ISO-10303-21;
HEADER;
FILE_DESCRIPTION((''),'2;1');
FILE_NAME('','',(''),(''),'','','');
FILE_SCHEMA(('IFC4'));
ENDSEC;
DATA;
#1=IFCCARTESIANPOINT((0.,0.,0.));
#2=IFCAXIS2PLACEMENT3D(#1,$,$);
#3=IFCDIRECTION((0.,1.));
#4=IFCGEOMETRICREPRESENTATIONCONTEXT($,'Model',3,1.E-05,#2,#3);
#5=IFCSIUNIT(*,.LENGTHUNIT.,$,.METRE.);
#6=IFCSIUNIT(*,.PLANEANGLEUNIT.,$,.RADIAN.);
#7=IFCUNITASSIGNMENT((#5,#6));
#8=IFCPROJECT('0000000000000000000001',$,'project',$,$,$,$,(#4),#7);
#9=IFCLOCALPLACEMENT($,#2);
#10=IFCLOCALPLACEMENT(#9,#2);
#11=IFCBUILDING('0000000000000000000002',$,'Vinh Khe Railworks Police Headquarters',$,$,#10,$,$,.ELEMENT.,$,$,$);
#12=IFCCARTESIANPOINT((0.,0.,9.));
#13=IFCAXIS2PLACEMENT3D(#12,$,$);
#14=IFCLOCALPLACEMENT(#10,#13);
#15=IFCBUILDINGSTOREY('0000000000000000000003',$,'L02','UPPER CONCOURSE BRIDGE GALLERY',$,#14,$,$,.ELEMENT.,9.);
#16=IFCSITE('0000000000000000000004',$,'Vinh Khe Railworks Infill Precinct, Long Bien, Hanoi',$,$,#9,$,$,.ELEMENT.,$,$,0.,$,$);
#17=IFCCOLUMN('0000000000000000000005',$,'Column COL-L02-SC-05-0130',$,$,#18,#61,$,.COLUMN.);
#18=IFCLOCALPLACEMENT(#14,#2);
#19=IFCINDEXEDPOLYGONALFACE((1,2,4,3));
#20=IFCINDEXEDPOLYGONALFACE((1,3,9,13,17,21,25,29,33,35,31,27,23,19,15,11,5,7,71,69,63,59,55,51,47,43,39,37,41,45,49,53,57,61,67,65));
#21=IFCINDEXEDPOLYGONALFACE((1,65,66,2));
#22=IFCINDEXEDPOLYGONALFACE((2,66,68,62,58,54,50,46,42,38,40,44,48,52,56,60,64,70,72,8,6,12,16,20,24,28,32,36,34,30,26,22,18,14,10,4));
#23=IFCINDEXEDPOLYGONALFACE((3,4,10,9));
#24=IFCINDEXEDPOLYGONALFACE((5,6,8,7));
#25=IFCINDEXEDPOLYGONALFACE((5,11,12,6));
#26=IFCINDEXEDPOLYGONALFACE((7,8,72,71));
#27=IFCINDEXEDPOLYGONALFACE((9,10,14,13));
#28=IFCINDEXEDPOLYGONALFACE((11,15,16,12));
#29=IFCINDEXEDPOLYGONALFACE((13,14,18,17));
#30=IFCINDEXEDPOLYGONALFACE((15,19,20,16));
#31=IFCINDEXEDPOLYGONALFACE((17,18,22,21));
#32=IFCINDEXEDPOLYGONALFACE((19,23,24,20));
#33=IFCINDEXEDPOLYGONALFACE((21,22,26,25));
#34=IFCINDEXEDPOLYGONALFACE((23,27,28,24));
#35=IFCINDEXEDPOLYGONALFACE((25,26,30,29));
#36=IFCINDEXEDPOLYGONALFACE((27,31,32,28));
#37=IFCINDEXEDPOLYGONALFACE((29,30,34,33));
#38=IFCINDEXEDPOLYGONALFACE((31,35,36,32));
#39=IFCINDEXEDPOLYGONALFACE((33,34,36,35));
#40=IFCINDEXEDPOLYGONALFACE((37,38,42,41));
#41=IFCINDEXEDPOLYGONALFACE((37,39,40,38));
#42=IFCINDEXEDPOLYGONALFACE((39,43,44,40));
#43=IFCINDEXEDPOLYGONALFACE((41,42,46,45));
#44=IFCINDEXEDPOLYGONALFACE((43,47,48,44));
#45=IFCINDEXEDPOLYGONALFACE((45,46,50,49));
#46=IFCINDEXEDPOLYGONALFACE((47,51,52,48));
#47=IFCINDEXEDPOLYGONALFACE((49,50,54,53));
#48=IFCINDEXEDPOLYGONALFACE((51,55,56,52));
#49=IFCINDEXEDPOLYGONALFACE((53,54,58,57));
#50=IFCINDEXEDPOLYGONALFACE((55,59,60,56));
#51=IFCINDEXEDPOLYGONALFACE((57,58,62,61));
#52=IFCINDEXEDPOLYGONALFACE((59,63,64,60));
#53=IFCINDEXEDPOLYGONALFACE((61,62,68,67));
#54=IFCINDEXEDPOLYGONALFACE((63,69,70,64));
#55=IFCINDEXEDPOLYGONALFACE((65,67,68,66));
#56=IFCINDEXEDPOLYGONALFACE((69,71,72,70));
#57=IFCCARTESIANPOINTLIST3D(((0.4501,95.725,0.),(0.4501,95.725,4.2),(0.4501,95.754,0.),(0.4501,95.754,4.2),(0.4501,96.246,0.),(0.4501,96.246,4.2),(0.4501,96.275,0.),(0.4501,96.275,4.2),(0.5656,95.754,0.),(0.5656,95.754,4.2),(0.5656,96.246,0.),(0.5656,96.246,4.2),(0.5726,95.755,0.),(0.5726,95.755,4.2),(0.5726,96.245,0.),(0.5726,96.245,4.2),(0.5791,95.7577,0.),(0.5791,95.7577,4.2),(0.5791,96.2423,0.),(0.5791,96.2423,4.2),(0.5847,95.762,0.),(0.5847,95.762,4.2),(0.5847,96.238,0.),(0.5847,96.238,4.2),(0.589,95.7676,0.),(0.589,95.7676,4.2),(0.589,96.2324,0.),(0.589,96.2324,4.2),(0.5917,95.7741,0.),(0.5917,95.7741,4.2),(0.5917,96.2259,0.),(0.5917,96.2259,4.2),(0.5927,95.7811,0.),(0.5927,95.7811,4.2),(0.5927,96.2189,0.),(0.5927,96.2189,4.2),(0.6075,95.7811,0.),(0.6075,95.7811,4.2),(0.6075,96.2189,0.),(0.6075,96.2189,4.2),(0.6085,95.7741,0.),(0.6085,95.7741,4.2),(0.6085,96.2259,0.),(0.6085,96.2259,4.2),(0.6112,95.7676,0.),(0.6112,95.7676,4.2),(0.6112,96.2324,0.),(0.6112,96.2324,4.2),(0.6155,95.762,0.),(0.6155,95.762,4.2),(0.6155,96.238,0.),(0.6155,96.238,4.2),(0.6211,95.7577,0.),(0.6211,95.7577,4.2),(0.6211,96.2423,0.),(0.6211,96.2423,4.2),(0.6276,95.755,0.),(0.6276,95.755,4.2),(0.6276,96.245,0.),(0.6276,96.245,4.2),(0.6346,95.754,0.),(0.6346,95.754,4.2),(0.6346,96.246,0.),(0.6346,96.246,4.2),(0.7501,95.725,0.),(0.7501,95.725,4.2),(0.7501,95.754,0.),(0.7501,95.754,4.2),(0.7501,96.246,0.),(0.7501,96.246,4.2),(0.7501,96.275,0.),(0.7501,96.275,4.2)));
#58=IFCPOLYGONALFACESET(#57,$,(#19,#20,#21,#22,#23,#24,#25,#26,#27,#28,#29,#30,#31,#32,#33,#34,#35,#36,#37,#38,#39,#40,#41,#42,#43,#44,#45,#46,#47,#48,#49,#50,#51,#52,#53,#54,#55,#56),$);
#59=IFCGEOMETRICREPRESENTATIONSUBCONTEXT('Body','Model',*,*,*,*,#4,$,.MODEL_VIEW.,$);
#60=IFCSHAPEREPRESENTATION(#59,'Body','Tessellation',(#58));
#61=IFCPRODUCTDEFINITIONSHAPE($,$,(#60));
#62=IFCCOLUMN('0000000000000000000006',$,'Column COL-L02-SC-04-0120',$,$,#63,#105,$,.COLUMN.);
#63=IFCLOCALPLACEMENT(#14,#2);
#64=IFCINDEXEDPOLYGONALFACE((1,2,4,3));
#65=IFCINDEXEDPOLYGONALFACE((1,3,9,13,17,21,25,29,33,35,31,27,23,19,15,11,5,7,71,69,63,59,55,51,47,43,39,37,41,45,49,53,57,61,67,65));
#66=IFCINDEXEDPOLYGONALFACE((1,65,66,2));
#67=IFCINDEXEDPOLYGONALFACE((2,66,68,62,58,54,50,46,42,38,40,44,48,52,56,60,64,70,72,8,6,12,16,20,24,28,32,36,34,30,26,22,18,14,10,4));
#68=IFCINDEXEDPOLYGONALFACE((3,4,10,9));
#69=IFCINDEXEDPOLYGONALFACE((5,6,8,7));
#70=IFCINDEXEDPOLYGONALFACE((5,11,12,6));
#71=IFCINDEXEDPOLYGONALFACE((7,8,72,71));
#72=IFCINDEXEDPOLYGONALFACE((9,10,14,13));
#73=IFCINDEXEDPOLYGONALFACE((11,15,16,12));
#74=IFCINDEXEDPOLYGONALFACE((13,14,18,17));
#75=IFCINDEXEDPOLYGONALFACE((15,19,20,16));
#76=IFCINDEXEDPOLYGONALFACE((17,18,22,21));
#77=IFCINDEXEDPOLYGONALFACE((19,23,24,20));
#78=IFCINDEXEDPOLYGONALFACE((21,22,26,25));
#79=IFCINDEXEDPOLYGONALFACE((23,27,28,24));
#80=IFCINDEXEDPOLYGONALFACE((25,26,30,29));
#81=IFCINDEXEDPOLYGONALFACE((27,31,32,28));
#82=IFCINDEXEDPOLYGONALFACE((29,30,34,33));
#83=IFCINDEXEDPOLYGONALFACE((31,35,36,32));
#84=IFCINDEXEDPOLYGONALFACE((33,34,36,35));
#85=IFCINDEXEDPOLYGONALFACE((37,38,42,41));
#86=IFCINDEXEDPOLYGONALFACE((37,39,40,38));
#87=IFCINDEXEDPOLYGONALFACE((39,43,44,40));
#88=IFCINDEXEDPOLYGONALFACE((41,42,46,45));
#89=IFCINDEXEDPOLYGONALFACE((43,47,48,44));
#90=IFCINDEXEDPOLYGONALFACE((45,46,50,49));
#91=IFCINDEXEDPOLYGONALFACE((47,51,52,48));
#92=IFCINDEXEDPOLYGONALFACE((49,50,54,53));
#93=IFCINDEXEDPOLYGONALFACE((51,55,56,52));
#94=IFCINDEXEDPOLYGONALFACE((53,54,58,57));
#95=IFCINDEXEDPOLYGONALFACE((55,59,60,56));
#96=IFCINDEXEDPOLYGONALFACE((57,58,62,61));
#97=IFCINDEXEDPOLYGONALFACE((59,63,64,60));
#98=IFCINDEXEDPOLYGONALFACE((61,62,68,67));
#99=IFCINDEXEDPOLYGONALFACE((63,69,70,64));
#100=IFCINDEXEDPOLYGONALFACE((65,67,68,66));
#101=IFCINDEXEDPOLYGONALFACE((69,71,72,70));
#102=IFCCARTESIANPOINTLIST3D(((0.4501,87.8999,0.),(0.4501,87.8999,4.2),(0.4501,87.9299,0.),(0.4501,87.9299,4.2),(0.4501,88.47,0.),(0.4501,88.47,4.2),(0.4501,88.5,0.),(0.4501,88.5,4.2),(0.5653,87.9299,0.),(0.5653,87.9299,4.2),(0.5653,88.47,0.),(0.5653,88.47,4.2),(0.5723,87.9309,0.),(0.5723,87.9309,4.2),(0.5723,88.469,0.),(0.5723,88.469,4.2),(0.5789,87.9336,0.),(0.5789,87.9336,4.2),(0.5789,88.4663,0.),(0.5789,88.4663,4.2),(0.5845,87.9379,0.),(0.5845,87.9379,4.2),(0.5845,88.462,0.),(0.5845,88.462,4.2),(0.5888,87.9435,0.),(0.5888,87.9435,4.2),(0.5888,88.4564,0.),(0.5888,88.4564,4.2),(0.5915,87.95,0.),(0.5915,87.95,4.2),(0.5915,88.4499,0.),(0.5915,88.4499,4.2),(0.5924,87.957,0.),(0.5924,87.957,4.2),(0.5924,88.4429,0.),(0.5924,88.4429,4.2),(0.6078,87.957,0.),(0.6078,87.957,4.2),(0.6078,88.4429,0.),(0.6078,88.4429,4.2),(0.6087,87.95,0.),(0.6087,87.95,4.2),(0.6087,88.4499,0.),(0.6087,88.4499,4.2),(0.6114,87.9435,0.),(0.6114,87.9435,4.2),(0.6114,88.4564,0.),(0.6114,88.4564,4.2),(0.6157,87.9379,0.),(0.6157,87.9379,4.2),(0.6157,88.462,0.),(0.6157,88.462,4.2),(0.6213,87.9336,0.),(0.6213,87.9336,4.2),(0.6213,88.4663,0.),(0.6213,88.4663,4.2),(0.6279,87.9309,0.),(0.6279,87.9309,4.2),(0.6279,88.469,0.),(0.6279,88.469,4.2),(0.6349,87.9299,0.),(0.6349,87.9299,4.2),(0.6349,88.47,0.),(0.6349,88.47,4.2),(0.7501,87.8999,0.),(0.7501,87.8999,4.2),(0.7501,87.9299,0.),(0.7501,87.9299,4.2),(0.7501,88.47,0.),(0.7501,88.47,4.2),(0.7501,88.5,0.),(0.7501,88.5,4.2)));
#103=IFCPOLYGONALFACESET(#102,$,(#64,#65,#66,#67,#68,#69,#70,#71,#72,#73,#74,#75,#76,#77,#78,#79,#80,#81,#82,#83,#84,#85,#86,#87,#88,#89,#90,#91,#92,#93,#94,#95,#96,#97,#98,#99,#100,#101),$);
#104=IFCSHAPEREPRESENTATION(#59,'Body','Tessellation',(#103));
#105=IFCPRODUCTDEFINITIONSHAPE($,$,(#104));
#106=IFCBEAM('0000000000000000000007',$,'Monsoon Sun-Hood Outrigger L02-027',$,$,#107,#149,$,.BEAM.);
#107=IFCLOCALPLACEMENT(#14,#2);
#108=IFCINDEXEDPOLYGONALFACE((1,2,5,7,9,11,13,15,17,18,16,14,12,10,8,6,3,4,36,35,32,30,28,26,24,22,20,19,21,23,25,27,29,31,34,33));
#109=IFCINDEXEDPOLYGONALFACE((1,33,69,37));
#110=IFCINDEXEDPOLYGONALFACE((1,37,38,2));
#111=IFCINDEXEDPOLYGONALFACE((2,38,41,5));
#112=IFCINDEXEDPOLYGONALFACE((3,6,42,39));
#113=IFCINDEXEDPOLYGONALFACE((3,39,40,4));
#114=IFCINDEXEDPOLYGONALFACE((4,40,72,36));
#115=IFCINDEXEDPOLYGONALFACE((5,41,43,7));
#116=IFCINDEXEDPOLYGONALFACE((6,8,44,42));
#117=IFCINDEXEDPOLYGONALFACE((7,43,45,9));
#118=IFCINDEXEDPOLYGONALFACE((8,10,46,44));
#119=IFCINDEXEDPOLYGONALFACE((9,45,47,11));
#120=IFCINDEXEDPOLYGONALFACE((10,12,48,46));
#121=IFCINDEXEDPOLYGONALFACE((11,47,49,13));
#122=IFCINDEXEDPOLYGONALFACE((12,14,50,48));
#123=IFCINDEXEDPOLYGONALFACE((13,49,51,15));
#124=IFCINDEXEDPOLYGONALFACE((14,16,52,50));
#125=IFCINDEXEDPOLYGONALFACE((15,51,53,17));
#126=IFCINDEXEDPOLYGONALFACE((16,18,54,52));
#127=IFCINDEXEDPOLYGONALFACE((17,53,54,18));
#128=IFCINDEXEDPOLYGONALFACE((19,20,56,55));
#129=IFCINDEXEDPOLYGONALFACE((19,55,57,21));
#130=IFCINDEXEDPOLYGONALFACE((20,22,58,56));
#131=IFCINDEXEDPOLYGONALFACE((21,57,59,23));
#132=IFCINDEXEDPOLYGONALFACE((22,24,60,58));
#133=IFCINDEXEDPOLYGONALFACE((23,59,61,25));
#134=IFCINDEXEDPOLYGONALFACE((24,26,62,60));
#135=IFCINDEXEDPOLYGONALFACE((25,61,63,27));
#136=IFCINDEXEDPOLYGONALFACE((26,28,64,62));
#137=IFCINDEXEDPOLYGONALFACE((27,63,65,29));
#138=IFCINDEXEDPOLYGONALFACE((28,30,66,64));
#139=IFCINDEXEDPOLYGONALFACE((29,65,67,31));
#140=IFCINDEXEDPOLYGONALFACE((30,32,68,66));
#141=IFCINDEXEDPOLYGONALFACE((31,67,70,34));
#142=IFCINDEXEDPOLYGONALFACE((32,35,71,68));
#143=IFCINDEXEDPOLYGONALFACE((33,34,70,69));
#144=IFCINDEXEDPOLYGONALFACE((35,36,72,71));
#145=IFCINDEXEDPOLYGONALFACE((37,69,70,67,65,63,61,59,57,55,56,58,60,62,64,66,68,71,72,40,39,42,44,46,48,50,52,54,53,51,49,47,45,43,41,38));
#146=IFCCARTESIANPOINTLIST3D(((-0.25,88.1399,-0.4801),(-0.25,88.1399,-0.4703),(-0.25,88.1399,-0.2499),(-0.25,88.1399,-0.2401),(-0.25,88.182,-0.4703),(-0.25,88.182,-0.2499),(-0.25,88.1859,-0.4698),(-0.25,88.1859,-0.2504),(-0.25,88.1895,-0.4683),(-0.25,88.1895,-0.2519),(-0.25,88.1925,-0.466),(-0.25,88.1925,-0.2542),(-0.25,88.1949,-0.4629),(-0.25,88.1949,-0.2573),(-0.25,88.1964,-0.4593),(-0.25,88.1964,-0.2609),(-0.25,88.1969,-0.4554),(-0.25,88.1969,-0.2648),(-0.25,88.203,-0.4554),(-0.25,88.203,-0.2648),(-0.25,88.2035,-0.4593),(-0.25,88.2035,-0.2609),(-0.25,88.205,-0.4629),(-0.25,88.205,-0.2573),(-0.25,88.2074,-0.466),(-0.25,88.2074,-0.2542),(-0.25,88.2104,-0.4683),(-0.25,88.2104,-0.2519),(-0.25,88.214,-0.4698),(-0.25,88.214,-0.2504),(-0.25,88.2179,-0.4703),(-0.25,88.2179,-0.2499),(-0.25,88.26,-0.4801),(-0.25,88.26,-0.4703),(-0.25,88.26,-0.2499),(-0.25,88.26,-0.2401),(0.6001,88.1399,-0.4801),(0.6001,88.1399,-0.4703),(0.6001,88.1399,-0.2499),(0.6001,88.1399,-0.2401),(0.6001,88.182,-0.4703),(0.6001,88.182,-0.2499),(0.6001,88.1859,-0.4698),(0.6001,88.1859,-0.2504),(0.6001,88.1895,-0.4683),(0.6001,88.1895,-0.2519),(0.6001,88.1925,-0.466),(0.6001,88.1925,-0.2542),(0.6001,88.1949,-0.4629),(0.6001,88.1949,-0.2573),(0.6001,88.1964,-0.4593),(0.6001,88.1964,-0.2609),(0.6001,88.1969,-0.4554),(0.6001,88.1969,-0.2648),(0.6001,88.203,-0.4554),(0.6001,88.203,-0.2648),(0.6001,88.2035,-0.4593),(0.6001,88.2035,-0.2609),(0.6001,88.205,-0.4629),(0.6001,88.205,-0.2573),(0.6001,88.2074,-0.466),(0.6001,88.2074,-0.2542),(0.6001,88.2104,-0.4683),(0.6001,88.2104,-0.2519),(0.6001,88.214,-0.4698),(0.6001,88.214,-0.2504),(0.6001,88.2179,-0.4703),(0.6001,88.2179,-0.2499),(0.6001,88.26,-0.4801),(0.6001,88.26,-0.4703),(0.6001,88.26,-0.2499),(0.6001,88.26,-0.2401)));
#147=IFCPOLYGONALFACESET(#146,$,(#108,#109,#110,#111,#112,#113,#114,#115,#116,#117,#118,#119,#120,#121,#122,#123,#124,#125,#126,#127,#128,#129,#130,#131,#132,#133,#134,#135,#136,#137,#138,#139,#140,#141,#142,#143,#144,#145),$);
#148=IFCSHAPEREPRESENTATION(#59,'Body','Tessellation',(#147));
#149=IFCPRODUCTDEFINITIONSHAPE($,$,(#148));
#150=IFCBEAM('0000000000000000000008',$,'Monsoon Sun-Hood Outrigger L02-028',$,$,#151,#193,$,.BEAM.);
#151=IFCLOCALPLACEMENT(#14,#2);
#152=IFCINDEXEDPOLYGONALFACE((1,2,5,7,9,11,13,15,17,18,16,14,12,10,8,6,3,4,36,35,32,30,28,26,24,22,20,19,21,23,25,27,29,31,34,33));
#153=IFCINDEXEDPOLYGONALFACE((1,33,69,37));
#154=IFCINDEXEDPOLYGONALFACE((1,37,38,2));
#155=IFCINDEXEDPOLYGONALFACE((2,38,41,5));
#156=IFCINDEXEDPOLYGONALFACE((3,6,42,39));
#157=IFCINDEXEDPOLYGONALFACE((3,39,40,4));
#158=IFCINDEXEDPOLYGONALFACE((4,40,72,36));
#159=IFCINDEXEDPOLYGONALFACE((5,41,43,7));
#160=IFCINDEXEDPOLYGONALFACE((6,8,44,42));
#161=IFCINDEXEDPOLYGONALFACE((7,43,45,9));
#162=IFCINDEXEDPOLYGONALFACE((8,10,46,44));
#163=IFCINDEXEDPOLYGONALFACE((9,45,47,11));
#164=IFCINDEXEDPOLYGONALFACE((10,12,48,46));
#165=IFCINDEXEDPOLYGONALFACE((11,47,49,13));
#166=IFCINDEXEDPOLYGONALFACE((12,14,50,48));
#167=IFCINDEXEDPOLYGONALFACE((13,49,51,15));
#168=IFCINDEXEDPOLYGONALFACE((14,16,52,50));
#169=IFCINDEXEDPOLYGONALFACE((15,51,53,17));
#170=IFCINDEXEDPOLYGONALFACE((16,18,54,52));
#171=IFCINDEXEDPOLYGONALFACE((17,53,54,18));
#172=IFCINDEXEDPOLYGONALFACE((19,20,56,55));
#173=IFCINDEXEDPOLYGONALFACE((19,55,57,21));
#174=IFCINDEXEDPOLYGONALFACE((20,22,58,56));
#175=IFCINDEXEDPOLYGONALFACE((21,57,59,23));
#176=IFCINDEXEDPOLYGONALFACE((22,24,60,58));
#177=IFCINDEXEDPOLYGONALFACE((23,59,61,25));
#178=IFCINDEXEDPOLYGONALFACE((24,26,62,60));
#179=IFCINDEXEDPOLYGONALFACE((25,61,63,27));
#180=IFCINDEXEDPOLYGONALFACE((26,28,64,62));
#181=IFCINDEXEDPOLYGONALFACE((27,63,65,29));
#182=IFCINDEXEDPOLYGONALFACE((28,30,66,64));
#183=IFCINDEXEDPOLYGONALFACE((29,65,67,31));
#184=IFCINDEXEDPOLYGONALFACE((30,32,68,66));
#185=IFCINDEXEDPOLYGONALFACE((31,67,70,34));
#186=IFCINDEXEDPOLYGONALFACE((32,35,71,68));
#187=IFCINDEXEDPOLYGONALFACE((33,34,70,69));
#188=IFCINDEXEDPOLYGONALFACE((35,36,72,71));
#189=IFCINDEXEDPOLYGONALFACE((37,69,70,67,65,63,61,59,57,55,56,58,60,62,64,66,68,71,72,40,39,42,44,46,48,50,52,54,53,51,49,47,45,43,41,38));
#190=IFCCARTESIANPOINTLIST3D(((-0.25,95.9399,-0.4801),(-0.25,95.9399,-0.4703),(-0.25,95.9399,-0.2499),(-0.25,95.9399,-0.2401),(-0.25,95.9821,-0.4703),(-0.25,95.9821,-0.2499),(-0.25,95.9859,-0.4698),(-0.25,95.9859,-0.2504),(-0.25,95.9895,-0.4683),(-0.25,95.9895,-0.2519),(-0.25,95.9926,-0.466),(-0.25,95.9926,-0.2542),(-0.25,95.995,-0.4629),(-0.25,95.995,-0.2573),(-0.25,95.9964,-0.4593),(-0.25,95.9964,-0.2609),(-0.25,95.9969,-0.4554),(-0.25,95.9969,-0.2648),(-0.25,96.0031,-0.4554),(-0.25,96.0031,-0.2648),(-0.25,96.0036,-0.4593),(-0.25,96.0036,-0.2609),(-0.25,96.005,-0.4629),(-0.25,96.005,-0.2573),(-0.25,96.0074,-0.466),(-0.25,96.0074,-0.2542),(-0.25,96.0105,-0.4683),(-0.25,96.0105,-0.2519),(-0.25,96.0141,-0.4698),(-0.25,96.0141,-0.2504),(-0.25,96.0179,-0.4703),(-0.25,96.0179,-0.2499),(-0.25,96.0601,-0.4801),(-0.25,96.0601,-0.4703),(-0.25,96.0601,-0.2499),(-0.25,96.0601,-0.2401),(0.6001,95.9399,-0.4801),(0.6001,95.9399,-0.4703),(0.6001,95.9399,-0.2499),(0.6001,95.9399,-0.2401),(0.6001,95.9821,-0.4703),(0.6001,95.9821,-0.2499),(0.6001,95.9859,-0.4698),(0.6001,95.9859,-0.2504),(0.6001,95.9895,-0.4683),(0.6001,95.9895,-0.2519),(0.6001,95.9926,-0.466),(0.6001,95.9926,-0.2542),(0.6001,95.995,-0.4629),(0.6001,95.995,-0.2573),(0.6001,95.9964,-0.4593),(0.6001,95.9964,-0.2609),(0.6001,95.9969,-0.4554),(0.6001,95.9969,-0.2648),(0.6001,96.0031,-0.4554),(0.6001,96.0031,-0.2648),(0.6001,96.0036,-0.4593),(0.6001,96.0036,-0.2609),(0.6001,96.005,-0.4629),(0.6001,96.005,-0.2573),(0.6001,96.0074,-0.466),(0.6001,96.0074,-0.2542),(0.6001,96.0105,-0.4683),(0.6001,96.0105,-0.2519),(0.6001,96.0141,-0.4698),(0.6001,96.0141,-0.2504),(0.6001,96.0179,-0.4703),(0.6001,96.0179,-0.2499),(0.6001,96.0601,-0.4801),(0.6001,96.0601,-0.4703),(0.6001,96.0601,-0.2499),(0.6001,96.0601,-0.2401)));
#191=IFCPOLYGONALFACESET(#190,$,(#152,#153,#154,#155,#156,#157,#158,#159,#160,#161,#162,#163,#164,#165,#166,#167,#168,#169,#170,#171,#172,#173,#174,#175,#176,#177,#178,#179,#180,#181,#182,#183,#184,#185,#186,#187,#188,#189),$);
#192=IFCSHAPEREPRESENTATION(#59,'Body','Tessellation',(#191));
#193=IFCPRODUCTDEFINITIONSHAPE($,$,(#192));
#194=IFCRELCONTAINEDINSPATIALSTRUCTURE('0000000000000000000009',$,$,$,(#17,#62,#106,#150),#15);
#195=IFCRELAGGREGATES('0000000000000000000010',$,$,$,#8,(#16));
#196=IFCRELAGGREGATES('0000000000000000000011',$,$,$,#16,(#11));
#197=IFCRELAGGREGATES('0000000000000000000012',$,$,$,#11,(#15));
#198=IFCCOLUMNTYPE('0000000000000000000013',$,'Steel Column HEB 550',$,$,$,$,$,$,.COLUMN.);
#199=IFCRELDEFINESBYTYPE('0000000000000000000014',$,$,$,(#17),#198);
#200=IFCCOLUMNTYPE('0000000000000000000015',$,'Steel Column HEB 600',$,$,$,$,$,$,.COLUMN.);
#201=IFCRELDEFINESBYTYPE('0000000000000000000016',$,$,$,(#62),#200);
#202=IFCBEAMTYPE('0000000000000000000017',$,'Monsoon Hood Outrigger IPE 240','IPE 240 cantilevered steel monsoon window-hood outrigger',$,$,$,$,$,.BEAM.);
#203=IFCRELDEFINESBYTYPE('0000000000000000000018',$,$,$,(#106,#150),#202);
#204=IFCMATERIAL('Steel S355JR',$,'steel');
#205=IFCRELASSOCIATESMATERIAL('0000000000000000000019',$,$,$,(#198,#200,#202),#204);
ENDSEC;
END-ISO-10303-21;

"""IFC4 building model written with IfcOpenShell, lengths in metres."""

from ifc_helpers import new_model, si_unit, direction, frame, origin, origin_2d, place, context, subcontext, project, spatial, i_section, extrude, material, material_profile, profile_set, type_object, element, save


model = new_model("IFC4")

# Units and contexts
model_context = context("Model", 3, precision=1e-05, world=origin(), true_north=direction((0.0, 1.0)))
body_context = subcontext(model_context, "Body", "Model", "MODEL_VIEW")
ifc_project = project(units=[si_unit("LENGTHUNIT", "METRE"), si_unit("PLANEANGLEUNIT", "RADIAN")], contexts=[model_context])

# Site, building, storey
site_placement = place(None, origin())
site = spatial("IfcSite", under=ifc_project, at=site_placement, Name="Vinh Khe Railworks Infill Precinct, Long Bien, Hanoi", CompositionType="ELEMENT", RefElevation=0.0)
building_placement = place(site_placement, origin())
building = spatial("IfcBuilding", under=site, at=building_placement, Name="Vinh Khe Railworks Police Headquarters", CompositionType="ELEMENT")
storey_placement = place(building_placement, frame((0.0, 0.0, 9.0)))
storey = spatial("IfcBuildingStorey", under=building, at=storey_placement, Name="L02", Description="UPPER CONCOURSE BRIDGE GALLERY", CompositionType="ELEMENT", Elevation=9.0)

# Columns
ifc_material_1 = material(Name="Steel S355JR", Category="steel")
ifc_material_profile_1 = material_profile(ifc_material_1, i_section(OverallWidth=0.3, OverallDepth=0.55, WebThickness=0.0149, FlangeThickness=0.0291, FilletRadius=0.0271, at=origin_2d()), Name="HEB 550")
ifc_profile_set_1 = profile_set([ifc_material_profile_1], Name="Steel S355JR")
column_type_1 = type_object("IfcColumnType", Name="Steel Column HEB 550", PredefinedType="COLUMN", material=ifc_profile_set_1)
column_1_placement = place(storey_placement, frame((0.6001, 96.0, 0.0), z_axis=(0.0, 0.0, 1.0), x_axis=(1.0, 0.0, 0.0)))
element("IfcColumn", 1, at=column_1_placement, inside=storey, type_object=column_type_1, Name="Column COL-L02-SC-05-0130", PredefinedType="COLUMN", context=body_context, shape_type="SweptSolid", body=[
    extrude(i_section(OverallWidth=0.3, OverallDepth=0.55, WebThickness=0.0149, FlangeThickness=0.0291, FilletRadius=0.0271, at=origin_2d()), origin(), (0.0, 0.0, 1.0), 4.2),
])
ifc_material_profile_2 = material_profile(ifc_material_1, i_section(OverallWidth=0.3, OverallDepth=0.6001, WebThickness=0.0154, FlangeThickness=0.03, FilletRadius=0.0271, at=origin_2d()), Name="HEB 600")
ifc_profile_set_2 = profile_set([ifc_material_profile_2], Name="Steel S355JR")
column_type_2 = type_object("IfcColumnType", Name="Steel Column HEB 600", PredefinedType="COLUMN", material=ifc_profile_set_2)
column_2_placement = place(storey_placement, frame((0.6001, 88.2, 0.0), z_axis=(0.0, 0.0, 1.0), x_axis=(1.0, 0.0, 0.0)))
element("IfcColumn", 2, at=column_2_placement, inside=storey, type_object=column_type_2, Name="Column COL-L02-SC-04-0120", PredefinedType="COLUMN", context=body_context, shape_type="SweptSolid", body=[
    extrude(i_section(OverallWidth=0.3, OverallDepth=0.6001, WebThickness=0.0154, FlangeThickness=0.03, FilletRadius=0.0271, at=origin_2d()), origin(), (0.0, 0.0, 1.0), 4.2),
])

# Beams
ifc_material_profile_3 = material_profile(ifc_material_1, i_section(OverallWidth=0.1201, OverallDepth=0.24, WebThickness=0.0061, FlangeThickness=0.0098, FilletRadius=0.0149, at=origin_2d()), Name="IPE 240")
ifc_profile_set_3 = profile_set([ifc_material_profile_3], Name="Steel S355JR")
beam_type_1 = type_object("IfcBeamType", Name="Monsoon Hood Outrigger IPE 240", Description="IPE 240 cantilevered steel monsoon window-hood outrigger", PredefinedType="BEAM", material=ifc_profile_set_3)
for number, where, z_axis, x_axis, name in (
    (3, (-0.25, 88.2, -0.3601), (1.0, 0.0, 0.0), (0.0, 1.0, 0.0), "Monsoon Sun-Hood Outrigger L02-027"),
    (4, (-0.25, 96.0, -0.3601), (1.0, 0.0, 0.0), (0.0, 1.0, 0.0), "Monsoon Sun-Hood Outrigger L02-028"),
):
    element("IfcBeam", number, at=place(storey_placement, frame(where, z_axis=z_axis, x_axis=x_axis)), inside=storey, type_object=beam_type_1, Name=name, PredefinedType="BEAM", context=body_context, shape_type="SweptSolid", body=[
        extrude(i_section(OverallWidth=0.1201, OverallDepth=0.24, WebThickness=0.0061, FlangeThickness=0.0098, FilletRadius=0.0149, at=origin_2d()), origin(), (0.0, 0.0, 1.0), 0.8501),
    ])

save(model, "model.ifc")
